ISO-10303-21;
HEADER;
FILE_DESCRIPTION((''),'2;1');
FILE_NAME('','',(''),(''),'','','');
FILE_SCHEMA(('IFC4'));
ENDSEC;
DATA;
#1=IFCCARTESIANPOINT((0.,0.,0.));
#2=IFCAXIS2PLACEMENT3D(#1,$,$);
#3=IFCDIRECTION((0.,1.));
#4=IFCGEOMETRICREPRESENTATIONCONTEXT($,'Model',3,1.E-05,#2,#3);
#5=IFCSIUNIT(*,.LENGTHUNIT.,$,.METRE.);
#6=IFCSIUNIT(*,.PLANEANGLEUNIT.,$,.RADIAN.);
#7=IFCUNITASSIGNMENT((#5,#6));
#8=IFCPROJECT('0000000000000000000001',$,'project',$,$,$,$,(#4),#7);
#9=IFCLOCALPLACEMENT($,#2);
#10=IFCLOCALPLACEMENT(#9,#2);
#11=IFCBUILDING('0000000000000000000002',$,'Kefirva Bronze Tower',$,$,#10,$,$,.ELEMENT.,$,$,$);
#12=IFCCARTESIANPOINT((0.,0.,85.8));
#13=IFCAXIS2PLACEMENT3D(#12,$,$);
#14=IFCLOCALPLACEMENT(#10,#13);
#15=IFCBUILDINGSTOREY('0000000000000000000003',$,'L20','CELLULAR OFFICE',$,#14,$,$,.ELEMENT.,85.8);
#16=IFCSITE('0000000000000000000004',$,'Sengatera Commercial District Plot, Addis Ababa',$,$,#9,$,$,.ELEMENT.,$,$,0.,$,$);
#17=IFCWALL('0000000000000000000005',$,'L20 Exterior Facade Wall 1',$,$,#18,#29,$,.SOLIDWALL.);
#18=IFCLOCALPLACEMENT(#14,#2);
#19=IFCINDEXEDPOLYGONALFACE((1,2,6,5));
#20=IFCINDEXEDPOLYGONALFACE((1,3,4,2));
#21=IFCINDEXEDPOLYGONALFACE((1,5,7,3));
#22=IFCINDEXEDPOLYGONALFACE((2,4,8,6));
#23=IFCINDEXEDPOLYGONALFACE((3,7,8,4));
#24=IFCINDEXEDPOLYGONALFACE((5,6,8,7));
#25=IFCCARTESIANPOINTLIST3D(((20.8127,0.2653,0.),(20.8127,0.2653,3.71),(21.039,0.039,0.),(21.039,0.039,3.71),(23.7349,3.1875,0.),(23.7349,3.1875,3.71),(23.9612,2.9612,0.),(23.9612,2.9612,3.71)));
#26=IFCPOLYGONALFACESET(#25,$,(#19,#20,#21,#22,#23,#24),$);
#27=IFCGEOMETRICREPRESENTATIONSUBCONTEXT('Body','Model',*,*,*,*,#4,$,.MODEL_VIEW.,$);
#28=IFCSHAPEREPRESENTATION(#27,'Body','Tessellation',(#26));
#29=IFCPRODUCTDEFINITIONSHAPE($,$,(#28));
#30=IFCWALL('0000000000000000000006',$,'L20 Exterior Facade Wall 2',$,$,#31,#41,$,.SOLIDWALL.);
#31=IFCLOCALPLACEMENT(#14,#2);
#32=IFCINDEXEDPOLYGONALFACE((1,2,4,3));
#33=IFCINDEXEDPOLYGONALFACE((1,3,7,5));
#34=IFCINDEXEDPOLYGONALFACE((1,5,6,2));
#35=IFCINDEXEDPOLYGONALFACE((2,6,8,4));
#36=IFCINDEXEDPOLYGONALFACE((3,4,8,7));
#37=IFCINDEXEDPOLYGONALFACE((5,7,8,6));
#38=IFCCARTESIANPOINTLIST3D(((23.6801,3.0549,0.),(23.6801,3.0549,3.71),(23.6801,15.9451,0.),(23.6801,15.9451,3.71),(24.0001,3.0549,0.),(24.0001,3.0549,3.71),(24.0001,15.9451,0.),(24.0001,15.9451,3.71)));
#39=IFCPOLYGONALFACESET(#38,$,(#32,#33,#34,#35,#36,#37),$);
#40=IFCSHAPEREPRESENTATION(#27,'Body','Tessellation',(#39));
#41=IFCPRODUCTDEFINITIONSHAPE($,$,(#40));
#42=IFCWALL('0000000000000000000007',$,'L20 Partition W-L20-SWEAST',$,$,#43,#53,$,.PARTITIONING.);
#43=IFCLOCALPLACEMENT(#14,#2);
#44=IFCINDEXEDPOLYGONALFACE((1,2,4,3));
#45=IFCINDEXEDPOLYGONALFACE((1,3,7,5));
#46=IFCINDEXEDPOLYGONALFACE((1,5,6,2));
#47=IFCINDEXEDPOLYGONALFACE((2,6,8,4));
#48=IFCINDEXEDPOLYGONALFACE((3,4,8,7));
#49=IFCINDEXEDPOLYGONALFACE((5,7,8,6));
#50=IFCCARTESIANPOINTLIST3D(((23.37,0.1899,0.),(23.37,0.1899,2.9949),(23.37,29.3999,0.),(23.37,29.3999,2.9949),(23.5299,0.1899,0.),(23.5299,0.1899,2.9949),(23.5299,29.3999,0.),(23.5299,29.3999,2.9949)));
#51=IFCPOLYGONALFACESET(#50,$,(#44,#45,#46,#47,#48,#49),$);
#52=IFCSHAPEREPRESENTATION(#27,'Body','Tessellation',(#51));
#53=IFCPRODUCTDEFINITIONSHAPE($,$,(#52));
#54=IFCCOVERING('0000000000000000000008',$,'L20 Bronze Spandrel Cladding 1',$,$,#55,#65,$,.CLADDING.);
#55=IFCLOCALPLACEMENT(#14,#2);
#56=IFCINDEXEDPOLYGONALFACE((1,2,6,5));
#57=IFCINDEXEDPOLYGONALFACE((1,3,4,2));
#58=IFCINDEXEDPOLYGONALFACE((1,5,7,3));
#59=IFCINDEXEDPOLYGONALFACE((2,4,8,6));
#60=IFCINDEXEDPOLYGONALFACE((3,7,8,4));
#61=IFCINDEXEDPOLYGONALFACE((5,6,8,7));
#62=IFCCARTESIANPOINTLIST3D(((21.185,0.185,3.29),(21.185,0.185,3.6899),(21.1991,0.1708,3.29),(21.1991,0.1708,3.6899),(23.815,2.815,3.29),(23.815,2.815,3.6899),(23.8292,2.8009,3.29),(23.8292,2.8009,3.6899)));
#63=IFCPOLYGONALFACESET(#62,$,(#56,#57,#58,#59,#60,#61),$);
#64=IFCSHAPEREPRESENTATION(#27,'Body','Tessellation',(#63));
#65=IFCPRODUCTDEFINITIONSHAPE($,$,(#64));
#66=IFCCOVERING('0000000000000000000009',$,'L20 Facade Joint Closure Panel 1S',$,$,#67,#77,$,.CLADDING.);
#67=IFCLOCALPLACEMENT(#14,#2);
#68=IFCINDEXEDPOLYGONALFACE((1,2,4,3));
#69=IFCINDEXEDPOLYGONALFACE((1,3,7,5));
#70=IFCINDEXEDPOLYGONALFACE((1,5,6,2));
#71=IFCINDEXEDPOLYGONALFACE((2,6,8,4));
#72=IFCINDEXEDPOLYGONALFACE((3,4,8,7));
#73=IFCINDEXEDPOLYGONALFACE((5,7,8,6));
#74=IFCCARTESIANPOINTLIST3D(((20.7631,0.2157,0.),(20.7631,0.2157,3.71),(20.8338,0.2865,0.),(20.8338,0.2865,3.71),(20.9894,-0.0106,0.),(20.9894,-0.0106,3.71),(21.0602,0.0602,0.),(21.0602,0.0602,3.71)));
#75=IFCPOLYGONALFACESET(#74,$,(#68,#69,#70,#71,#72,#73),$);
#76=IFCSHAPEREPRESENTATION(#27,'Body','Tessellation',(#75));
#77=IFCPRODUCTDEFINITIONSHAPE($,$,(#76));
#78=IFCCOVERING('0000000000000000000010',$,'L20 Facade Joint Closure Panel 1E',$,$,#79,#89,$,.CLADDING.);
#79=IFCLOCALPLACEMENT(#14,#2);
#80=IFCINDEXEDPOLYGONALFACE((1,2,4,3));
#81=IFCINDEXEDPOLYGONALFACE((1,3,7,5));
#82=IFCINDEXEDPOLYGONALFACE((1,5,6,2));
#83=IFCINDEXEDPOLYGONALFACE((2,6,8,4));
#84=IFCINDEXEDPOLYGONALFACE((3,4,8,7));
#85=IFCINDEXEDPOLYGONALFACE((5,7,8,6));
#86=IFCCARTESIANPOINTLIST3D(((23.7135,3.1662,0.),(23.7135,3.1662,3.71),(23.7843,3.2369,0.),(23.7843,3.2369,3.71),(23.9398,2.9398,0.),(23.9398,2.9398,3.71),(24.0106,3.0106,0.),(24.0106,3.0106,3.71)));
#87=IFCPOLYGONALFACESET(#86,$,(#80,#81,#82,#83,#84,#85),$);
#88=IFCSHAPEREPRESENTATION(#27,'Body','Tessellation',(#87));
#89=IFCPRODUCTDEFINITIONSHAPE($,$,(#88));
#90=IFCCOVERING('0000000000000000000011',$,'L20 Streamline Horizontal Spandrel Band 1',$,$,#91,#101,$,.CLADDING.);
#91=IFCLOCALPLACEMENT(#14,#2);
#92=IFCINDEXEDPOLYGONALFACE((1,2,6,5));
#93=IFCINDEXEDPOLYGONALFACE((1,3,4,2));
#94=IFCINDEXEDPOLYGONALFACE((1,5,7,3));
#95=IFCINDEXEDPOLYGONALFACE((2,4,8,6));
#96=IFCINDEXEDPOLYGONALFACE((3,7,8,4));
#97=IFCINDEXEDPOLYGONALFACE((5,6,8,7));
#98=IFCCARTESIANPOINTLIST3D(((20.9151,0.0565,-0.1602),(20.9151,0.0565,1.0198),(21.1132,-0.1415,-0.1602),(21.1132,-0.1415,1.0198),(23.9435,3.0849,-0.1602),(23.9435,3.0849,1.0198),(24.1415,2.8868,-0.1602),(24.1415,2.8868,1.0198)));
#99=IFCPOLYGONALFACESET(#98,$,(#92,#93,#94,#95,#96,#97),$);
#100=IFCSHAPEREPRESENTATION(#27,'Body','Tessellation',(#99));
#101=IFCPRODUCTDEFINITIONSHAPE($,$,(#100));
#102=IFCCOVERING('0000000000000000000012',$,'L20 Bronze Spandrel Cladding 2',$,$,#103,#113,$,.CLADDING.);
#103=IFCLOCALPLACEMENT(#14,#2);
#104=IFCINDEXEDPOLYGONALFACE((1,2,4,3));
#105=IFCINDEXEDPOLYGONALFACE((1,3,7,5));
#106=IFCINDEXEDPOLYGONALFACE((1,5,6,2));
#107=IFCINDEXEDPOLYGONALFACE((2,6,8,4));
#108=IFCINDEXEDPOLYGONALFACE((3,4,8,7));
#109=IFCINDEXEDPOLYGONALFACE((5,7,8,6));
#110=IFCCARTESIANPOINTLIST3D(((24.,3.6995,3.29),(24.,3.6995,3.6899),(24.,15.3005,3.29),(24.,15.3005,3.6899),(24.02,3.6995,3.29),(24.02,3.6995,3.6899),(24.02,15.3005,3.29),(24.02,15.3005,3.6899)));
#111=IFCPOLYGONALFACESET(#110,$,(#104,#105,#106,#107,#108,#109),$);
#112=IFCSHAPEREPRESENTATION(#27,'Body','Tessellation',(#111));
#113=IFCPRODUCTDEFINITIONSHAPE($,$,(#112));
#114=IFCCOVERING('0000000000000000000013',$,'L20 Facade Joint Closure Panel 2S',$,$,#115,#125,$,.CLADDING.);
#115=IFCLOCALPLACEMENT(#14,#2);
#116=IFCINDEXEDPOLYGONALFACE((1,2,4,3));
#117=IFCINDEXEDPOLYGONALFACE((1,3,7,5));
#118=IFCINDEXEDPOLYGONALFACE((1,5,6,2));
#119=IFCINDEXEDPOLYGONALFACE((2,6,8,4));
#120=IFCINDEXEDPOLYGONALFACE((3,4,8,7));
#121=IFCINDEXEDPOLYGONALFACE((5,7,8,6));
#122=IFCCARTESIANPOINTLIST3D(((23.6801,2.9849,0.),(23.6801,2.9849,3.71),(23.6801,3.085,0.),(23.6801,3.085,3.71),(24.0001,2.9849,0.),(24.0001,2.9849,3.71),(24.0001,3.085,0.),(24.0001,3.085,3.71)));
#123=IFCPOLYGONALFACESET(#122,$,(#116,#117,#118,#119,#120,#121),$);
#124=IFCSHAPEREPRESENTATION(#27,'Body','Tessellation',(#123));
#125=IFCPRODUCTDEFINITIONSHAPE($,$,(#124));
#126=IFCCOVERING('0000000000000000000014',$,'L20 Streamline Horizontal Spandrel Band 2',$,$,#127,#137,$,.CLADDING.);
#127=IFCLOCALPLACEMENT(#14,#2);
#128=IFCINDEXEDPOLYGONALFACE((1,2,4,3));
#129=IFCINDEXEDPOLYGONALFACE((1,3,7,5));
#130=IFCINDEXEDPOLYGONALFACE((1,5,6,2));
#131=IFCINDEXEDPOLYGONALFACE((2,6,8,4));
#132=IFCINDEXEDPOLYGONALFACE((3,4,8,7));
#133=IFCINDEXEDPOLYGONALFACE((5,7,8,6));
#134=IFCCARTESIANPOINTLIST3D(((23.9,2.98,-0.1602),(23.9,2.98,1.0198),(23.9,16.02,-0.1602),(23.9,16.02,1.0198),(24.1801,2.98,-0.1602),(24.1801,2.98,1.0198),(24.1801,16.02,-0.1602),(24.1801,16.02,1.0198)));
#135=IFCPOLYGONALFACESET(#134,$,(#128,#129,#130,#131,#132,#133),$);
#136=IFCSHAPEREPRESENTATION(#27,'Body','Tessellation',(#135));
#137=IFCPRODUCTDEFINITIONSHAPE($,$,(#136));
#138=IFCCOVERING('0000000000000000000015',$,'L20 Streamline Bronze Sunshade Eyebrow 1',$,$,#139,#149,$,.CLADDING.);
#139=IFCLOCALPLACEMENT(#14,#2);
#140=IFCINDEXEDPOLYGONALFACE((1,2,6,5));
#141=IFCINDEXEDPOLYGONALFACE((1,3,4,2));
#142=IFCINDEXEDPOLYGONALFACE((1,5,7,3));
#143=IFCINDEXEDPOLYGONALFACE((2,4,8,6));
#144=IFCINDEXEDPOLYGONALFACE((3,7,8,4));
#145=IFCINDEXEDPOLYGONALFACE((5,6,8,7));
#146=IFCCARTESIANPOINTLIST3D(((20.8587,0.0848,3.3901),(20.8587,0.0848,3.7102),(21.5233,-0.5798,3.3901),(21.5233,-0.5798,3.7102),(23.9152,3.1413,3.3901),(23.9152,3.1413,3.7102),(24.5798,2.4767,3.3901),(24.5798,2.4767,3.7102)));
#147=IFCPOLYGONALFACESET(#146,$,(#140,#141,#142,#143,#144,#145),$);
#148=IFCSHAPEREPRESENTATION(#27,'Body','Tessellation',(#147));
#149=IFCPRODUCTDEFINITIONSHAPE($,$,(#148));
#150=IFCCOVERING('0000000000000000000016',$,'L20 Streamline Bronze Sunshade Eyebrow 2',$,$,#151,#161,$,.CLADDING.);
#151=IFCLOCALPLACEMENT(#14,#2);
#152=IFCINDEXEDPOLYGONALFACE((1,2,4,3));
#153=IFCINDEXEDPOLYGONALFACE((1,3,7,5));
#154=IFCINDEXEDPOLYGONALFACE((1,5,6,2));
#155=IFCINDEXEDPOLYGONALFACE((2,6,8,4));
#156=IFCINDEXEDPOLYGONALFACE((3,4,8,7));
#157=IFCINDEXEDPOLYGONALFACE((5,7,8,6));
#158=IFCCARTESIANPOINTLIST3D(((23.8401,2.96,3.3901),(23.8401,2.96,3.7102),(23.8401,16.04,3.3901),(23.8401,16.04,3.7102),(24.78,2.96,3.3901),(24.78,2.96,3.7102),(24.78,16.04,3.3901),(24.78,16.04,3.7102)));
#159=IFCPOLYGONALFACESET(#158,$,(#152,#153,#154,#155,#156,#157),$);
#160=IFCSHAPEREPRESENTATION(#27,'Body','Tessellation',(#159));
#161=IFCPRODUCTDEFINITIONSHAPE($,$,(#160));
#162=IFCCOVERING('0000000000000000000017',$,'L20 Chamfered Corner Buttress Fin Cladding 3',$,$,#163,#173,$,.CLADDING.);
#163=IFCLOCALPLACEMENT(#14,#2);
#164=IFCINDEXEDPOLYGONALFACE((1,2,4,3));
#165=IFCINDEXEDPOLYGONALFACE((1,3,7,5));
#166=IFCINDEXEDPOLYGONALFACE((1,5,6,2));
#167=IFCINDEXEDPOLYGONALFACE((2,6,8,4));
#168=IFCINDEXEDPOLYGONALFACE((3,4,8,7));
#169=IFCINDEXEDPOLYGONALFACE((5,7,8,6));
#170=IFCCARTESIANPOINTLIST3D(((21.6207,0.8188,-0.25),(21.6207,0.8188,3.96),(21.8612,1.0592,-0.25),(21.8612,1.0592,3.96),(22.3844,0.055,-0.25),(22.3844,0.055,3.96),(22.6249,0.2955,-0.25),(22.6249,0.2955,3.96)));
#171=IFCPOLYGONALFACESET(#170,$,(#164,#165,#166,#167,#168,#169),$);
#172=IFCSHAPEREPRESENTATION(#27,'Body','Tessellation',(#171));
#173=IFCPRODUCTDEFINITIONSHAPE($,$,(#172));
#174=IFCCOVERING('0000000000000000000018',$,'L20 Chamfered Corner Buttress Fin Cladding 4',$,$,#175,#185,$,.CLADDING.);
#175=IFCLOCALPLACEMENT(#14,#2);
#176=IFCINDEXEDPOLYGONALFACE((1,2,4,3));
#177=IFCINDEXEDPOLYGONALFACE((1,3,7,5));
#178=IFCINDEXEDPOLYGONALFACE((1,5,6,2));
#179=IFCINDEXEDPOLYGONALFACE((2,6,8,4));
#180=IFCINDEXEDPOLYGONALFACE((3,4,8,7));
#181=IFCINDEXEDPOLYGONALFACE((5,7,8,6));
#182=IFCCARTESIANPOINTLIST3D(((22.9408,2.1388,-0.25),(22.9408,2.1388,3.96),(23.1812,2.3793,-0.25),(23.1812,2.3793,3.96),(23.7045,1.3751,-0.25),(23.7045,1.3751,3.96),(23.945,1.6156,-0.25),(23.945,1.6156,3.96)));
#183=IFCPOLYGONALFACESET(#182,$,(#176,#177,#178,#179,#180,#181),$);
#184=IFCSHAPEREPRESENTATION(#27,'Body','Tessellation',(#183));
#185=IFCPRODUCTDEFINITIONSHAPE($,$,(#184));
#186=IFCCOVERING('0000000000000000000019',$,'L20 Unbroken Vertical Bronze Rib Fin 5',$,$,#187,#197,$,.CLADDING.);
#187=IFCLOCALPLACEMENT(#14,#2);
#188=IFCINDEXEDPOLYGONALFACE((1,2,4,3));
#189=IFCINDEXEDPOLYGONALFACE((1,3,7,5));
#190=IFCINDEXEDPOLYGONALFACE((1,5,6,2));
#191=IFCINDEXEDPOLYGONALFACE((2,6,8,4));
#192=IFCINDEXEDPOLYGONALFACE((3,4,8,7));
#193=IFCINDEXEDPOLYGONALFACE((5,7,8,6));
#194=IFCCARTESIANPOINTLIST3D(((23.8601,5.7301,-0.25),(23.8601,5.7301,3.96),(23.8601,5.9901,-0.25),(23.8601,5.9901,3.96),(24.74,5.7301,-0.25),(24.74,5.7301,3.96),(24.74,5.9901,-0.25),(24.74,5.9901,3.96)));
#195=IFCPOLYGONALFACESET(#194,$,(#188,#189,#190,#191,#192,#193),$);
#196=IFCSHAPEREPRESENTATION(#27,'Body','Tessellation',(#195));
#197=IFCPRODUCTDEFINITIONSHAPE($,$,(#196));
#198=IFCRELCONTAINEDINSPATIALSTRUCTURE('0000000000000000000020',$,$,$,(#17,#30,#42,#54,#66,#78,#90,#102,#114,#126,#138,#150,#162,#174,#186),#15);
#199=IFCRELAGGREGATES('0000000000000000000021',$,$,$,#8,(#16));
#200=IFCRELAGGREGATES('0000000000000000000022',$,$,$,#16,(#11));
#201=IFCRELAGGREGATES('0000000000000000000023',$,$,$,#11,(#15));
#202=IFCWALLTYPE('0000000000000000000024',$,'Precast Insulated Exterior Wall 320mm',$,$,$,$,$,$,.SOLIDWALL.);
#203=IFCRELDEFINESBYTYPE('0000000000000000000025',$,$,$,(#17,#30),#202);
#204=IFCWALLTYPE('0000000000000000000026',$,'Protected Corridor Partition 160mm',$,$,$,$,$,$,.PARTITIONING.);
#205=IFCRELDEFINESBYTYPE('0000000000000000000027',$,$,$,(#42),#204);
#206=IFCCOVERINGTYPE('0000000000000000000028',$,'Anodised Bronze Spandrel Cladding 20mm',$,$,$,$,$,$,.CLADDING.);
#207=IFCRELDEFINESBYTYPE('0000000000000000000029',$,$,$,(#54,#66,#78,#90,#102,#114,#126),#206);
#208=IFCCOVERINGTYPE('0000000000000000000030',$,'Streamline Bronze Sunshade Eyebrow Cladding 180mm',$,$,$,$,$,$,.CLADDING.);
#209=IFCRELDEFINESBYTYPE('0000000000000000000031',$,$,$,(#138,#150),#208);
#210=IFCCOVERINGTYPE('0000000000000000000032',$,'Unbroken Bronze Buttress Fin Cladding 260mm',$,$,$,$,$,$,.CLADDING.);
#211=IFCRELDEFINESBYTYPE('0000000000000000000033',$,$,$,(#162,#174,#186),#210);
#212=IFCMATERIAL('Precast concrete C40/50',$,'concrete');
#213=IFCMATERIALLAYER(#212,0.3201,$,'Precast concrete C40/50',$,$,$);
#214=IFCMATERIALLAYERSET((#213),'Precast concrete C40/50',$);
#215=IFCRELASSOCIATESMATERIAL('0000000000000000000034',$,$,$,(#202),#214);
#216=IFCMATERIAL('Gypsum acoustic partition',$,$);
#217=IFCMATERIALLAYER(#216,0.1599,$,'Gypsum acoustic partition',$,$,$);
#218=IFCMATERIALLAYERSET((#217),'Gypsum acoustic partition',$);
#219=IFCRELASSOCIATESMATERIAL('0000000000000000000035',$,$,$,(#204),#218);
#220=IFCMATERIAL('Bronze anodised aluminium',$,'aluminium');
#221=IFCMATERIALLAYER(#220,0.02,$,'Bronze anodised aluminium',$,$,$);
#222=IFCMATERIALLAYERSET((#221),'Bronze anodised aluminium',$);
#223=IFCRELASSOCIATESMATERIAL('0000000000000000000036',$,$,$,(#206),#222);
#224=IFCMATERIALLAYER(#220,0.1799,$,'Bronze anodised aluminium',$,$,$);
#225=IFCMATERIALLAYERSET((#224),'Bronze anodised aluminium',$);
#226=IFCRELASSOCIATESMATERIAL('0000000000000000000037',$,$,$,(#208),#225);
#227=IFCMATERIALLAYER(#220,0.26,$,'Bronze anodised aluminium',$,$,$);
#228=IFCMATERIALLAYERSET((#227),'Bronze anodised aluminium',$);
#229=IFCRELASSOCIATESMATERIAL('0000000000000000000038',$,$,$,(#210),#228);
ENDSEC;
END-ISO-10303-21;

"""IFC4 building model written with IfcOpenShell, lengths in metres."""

from ifc_helpers import new_model, si_unit, direction, frame, frame_2d, origin, origin_2d, place, context, subcontext, project, spatial, rectangle, extrude, material, layer, layer_set, type_object, element, save


model = new_model("IFC4")

# Units and contexts
model_context = context("Model", 3, precision=1e-05, world=origin(), true_north=direction((0.0, 1.0)))
body_context = subcontext(model_context, "Body", "Model", "MODEL_VIEW")
ifc_project = project(units=[si_unit("LENGTHUNIT", "METRE"), si_unit("PLANEANGLEUNIT", "RADIAN")], contexts=[model_context])

# Site, building, storey
site_placement = place(None, origin())
site = spatial("IfcSite", under=ifc_project, at=site_placement, Name="Sengatera Commercial District Plot, Addis Ababa", CompositionType="ELEMENT", RefElevation=0.0)
building_placement = place(site_placement, origin())
building = spatial("IfcBuilding", under=site, at=building_placement, Name="Kefirva Bronze Tower", CompositionType="ELEMENT")
storey_placement = place(building_placement, frame((0.0, 0.0, 85.8)))
storey = spatial("IfcBuildingStorey", under=building, at=storey_placement, Name="L20", Description="CELLULAR OFFICE", CompositionType="ELEMENT", Elevation=85.8)

# Shared definitions
ifc_material_1 = material(Name="Bronze anodised aluminium", Category="aluminium")

# Walls
ifc_material_2 = material(Name="Precast concrete C40/50", Category="concrete")
ifc_layer_1 = layer(ifc_material_2, 0.3201, Name="Precast concrete C40/50")
ifc_layer_set_1 = layer_set([ifc_layer_1], Name="Precast concrete C40/50")
wall_type_1 = type_object("IfcWallType", Name="Precast Insulated Exterior Wall 320mm", PredefinedType="SOLIDWALL", material=ifc_layer_set_1)
wall_1_placement = place(storey_placement, frame((20.9258, 0.1521, 0.0), z_axis=(0.0, 0.0, 1.0), x_axis=(0.707107, 0.707107, 0.0)))
element("IfcWall", 1, at=wall_1_placement, inside=storey, type_object=wall_type_1, Name="L20 Exterior Facade Wall 1", PredefinedType="SOLIDWALL", context=body_context, shape_type="SweptSolid", body=[
    extrude(rectangle(XDim=4.1326, YDim=0.3201, at=frame_2d((2.0664, 0.0))), origin(), (0.0, 0.0, 1.0), 3.71),
])
wall_2_placement = place(storey_placement, frame((23.8401, 3.0549, 0.0), z_axis=(0.0, 0.0, 1.0), x_axis=(0.0, 1.0, 0.0)))
element("IfcWall", 2, at=wall_2_placement, inside=storey, type_object=wall_type_1, Name="L20 Exterior Facade Wall 2", PredefinedType="SOLIDWALL", context=body_context, shape_type="SweptSolid", body=[
    extrude(rectangle(XDim=12.8901, YDim=0.3201, at=frame_2d((6.4451, 0.0))), origin(), (0.0, 0.0, 1.0), 3.71),
])
ifc_material_3 = material(Name="Gypsum acoustic partition")
ifc_layer_2 = layer(ifc_material_3, 0.1599, Name="Gypsum acoustic partition")
ifc_layer_set_2 = layer_set([ifc_layer_2], Name="Gypsum acoustic partition")
wall_type_2 = type_object("IfcWallType", Name="Protected Corridor Partition 160mm", PredefinedType="PARTITIONING", material=ifc_layer_set_2)
wall_3_placement = place(storey_placement, frame((23.45, 0.1899, 0.0), z_axis=(0.0, 0.0, 1.0), x_axis=(0.0, 1.0, 0.0)))
element("IfcWall", 3, at=wall_3_placement, inside=storey, type_object=wall_type_2, Name="L20 Partition W-L20-SWEAST", PredefinedType="PARTITIONING", context=body_context, shape_type="SweptSolid", body=[
    extrude(rectangle(XDim=29.21, YDim=0.1599, at=frame_2d((14.605, 0.0))), origin(), (0.0, 0.0, 1.0), 2.9949),
])

# Coverings
ifc_layer_3 = layer(ifc_material_1, 0.02, Name="Bronze anodised aluminium")
ifc_layer_set_3 = layer_set([ifc_layer_3], Name="Bronze anodised aluminium")
covering_type_1 = type_object("IfcCoveringType", Name="Anodised Bronze Spandrel Cladding 20mm", PredefinedType="CLADDING", material=ifc_layer_set_3)
covering_1_placement = place(storey_placement, frame((22.5071, 1.4929, 3.29), z_axis=(0.0, 0.0, 1.0), x_axis=(0.707107, 0.707107, 0.0)))
element("IfcCovering", 4, at=covering_1_placement, inside=storey, type_object=covering_type_1, Name="L20 Bronze Spandrel Cladding 1", PredefinedType="CLADDING", context=body_context, shape_type="SweptSolid", body=[
    extrude(rectangle(XDim=3.7195, YDim=0.02, at=origin_2d()), origin(), (0.0, 0.0, 1.0), 0.3999),
])
for number, where, z_axis, x_axis, name in (
    (5, (20.9116, 0.1379, 0.0), (0.0, 0.0, 1.0), (0.707107, 0.707107, 0.0), "L20 Facade Joint Closure Panel 1S"),
    (6, (23.8621, 3.0884, 0.0), (0.0, 0.0, 1.0), (0.707107, 0.707107, 0.0), "L20 Facade Joint Closure Panel 1E"),
):
    element("IfcCovering", number, at=place(storey_placement, frame(where, z_axis=z_axis, x_axis=x_axis)), inside=storey, type_object=covering_type_1, Name=name, PredefinedType="CLADDING", context=body_context, shape_type="SweptSolid", body=[
        extrude(rectangle(XDim=0.1001, YDim=0.3201, at=origin_2d()), origin(), (0.0, 0.0, 1.0), 3.71),
    ])
covering_2_placement = place(storey_placement, frame((22.5283, 1.4717, -0.1602), z_axis=(0.0, 0.0, 1.0), x_axis=(0.707107, 0.707107, 0.0)))
element("IfcCovering", 7, at=covering_2_placement, inside=storey, type_object=covering_type_1, Name="L20 Streamline Horizontal Spandrel Band 1", PredefinedType="CLADDING", context=body_context, shape_type="SweptSolid", body=[
    extrude(rectangle(XDim=4.2827, YDim=0.28, at=origin_2d()), origin(), (0.0, 0.0, 1.0), 1.1799),
])
covering_3_placement = place(storey_placement, frame((24.01, 9.5, 3.29), z_axis=(0.0, 0.0, 1.0), x_axis=(0.0, 1.0, 0.0)))
element("IfcCovering", 8, at=covering_3_placement, inside=storey, type_object=covering_type_1, Name="L20 Bronze Spandrel Cladding 2", PredefinedType="CLADDING", context=body_context, shape_type="SweptSolid", body=[
    extrude(rectangle(XDim=11.6011, YDim=0.02, at=origin_2d()), origin(), (0.0, 0.0, 1.0), 0.3999),
])
covering_4_placement = place(storey_placement, frame((23.8401, 3.0349, 0.0), z_axis=(0.0, 0.0, 1.0), x_axis=(0.0, 1.0, 0.0)))
element("IfcCovering", 9, at=covering_4_placement, inside=storey, type_object=covering_type_1, Name="L20 Facade Joint Closure Panel 2S", PredefinedType="CLADDING", context=body_context, shape_type="SweptSolid", body=[
    extrude(rectangle(XDim=0.1001, YDim=0.3201, at=origin_2d()), origin(), (0.0, 0.0, 1.0), 3.71),
])
covering_5_placement = place(storey_placement, frame((24.04, 9.5, -0.1602), z_axis=(0.0, 0.0, 1.0), x_axis=(0.0, 1.0, 0.0)))
element("IfcCovering", 10, at=covering_5_placement, inside=storey, type_object=covering_type_1, Name="L20 Streamline Horizontal Spandrel Band 2", PredefinedType="CLADDING", context=body_context, shape_type="SweptSolid", body=[
    extrude(rectangle(XDim=13.04, YDim=0.28, at=origin_2d()), origin(), (0.0, 0.0, 1.0), 1.1799),
])
ifc_layer_4 = layer(ifc_material_1, 0.1799, Name="Bronze anodised aluminium")
ifc_layer_set_4 = layer_set([ifc_layer_4], Name="Bronze anodised aluminium")
covering_type_2 = type_object("IfcCoveringType", Name="Streamline Bronze Sunshade Eyebrow Cladding 180mm", PredefinedType="CLADDING", material=ifc_layer_set_4)
covering_6_placement = place(storey_placement, frame((22.7192, 1.2808, 3.3901), z_axis=(0.0, 0.0, 1.0), x_axis=(0.707107, 0.707107, 0.0)))
element("IfcCovering", 11, at=covering_6_placement, inside=storey, type_object=covering_type_2, Name="L20 Streamline Bronze Sunshade Eyebrow 1", PredefinedType="CLADDING", context=body_context, shape_type="SweptSolid", body=[
    extrude(rectangle(XDim=4.3225, YDim=0.9399, at=origin_2d()), origin(), (0.0, 0.0, 1.0), 0.3201),
])
covering_7_placement = place(storey_placement, frame((24.3101, 9.5, 3.3901), z_axis=(0.0, 0.0, 1.0), x_axis=(0.0, 1.0, 0.0)))
element("IfcCovering", 12, at=covering_7_placement, inside=storey, type_object=covering_type_2, Name="L20 Streamline Bronze Sunshade Eyebrow 2", PredefinedType="CLADDING", context=body_context, shape_type="SweptSolid", body=[
    extrude(rectangle(XDim=13.0801, YDim=0.9399, at=origin_2d()), origin(), (0.0, 0.0, 1.0), 0.3201),
])
ifc_layer_5 = layer(ifc_material_1, 0.26, Name="Bronze anodised aluminium")
ifc_layer_set_5 = layer_set([ifc_layer_5], Name="Bronze anodised aluminium")
covering_type_3 = type_object("IfcCoveringType", Name="Unbroken Bronze Buttress Fin Cladding 260mm", PredefinedType="CLADDING", material=ifc_layer_set_5)
for number, where, z_axis, x_axis, name in (
    (13, (22.1228, 0.5571, -0.25), (0.0, 0.0, 1.0), (0.707107, 0.707107, 0.0), "L20 Chamfered Corner Buttress Fin Cladding 3"),
    (14, (23.4429, 1.8772, -0.25), (0.0, 0.0, 1.0), (0.707107, 0.707107, 0.0), "L20 Chamfered Corner Buttress Fin Cladding 4"),
):
    element("IfcCovering", number, at=place(storey_placement, frame(where, z_axis=z_axis, x_axis=x_axis)), inside=storey, type_object=covering_type_3, Name=name, PredefinedType="CLADDING", context=body_context, shape_type="SweptSolid", body=[
        extrude(rectangle(XDim=0.3401, YDim=1.0801, at=origin_2d()), origin(), (0.0, 0.0, 1.0), 4.21),
    ])
covering_8_placement = place(storey_placement, frame((24.3, 5.8601, -0.25), z_axis=(0.0, 0.0, 1.0), x_axis=(0.0, 1.0, 0.0)))
element("IfcCovering", 15, at=covering_8_placement, inside=storey, type_object=covering_type_3, Name="L20 Unbroken Vertical Bronze Rib Fin 5", PredefinedType="CLADDING", context=body_context, shape_type="SweptSolid", body=[
    extrude(rectangle(XDim=0.26, YDim=0.8799, at=origin_2d()), origin(), (0.0, 0.0, 1.0), 4.21),
])

save(model, "model.ifc")
